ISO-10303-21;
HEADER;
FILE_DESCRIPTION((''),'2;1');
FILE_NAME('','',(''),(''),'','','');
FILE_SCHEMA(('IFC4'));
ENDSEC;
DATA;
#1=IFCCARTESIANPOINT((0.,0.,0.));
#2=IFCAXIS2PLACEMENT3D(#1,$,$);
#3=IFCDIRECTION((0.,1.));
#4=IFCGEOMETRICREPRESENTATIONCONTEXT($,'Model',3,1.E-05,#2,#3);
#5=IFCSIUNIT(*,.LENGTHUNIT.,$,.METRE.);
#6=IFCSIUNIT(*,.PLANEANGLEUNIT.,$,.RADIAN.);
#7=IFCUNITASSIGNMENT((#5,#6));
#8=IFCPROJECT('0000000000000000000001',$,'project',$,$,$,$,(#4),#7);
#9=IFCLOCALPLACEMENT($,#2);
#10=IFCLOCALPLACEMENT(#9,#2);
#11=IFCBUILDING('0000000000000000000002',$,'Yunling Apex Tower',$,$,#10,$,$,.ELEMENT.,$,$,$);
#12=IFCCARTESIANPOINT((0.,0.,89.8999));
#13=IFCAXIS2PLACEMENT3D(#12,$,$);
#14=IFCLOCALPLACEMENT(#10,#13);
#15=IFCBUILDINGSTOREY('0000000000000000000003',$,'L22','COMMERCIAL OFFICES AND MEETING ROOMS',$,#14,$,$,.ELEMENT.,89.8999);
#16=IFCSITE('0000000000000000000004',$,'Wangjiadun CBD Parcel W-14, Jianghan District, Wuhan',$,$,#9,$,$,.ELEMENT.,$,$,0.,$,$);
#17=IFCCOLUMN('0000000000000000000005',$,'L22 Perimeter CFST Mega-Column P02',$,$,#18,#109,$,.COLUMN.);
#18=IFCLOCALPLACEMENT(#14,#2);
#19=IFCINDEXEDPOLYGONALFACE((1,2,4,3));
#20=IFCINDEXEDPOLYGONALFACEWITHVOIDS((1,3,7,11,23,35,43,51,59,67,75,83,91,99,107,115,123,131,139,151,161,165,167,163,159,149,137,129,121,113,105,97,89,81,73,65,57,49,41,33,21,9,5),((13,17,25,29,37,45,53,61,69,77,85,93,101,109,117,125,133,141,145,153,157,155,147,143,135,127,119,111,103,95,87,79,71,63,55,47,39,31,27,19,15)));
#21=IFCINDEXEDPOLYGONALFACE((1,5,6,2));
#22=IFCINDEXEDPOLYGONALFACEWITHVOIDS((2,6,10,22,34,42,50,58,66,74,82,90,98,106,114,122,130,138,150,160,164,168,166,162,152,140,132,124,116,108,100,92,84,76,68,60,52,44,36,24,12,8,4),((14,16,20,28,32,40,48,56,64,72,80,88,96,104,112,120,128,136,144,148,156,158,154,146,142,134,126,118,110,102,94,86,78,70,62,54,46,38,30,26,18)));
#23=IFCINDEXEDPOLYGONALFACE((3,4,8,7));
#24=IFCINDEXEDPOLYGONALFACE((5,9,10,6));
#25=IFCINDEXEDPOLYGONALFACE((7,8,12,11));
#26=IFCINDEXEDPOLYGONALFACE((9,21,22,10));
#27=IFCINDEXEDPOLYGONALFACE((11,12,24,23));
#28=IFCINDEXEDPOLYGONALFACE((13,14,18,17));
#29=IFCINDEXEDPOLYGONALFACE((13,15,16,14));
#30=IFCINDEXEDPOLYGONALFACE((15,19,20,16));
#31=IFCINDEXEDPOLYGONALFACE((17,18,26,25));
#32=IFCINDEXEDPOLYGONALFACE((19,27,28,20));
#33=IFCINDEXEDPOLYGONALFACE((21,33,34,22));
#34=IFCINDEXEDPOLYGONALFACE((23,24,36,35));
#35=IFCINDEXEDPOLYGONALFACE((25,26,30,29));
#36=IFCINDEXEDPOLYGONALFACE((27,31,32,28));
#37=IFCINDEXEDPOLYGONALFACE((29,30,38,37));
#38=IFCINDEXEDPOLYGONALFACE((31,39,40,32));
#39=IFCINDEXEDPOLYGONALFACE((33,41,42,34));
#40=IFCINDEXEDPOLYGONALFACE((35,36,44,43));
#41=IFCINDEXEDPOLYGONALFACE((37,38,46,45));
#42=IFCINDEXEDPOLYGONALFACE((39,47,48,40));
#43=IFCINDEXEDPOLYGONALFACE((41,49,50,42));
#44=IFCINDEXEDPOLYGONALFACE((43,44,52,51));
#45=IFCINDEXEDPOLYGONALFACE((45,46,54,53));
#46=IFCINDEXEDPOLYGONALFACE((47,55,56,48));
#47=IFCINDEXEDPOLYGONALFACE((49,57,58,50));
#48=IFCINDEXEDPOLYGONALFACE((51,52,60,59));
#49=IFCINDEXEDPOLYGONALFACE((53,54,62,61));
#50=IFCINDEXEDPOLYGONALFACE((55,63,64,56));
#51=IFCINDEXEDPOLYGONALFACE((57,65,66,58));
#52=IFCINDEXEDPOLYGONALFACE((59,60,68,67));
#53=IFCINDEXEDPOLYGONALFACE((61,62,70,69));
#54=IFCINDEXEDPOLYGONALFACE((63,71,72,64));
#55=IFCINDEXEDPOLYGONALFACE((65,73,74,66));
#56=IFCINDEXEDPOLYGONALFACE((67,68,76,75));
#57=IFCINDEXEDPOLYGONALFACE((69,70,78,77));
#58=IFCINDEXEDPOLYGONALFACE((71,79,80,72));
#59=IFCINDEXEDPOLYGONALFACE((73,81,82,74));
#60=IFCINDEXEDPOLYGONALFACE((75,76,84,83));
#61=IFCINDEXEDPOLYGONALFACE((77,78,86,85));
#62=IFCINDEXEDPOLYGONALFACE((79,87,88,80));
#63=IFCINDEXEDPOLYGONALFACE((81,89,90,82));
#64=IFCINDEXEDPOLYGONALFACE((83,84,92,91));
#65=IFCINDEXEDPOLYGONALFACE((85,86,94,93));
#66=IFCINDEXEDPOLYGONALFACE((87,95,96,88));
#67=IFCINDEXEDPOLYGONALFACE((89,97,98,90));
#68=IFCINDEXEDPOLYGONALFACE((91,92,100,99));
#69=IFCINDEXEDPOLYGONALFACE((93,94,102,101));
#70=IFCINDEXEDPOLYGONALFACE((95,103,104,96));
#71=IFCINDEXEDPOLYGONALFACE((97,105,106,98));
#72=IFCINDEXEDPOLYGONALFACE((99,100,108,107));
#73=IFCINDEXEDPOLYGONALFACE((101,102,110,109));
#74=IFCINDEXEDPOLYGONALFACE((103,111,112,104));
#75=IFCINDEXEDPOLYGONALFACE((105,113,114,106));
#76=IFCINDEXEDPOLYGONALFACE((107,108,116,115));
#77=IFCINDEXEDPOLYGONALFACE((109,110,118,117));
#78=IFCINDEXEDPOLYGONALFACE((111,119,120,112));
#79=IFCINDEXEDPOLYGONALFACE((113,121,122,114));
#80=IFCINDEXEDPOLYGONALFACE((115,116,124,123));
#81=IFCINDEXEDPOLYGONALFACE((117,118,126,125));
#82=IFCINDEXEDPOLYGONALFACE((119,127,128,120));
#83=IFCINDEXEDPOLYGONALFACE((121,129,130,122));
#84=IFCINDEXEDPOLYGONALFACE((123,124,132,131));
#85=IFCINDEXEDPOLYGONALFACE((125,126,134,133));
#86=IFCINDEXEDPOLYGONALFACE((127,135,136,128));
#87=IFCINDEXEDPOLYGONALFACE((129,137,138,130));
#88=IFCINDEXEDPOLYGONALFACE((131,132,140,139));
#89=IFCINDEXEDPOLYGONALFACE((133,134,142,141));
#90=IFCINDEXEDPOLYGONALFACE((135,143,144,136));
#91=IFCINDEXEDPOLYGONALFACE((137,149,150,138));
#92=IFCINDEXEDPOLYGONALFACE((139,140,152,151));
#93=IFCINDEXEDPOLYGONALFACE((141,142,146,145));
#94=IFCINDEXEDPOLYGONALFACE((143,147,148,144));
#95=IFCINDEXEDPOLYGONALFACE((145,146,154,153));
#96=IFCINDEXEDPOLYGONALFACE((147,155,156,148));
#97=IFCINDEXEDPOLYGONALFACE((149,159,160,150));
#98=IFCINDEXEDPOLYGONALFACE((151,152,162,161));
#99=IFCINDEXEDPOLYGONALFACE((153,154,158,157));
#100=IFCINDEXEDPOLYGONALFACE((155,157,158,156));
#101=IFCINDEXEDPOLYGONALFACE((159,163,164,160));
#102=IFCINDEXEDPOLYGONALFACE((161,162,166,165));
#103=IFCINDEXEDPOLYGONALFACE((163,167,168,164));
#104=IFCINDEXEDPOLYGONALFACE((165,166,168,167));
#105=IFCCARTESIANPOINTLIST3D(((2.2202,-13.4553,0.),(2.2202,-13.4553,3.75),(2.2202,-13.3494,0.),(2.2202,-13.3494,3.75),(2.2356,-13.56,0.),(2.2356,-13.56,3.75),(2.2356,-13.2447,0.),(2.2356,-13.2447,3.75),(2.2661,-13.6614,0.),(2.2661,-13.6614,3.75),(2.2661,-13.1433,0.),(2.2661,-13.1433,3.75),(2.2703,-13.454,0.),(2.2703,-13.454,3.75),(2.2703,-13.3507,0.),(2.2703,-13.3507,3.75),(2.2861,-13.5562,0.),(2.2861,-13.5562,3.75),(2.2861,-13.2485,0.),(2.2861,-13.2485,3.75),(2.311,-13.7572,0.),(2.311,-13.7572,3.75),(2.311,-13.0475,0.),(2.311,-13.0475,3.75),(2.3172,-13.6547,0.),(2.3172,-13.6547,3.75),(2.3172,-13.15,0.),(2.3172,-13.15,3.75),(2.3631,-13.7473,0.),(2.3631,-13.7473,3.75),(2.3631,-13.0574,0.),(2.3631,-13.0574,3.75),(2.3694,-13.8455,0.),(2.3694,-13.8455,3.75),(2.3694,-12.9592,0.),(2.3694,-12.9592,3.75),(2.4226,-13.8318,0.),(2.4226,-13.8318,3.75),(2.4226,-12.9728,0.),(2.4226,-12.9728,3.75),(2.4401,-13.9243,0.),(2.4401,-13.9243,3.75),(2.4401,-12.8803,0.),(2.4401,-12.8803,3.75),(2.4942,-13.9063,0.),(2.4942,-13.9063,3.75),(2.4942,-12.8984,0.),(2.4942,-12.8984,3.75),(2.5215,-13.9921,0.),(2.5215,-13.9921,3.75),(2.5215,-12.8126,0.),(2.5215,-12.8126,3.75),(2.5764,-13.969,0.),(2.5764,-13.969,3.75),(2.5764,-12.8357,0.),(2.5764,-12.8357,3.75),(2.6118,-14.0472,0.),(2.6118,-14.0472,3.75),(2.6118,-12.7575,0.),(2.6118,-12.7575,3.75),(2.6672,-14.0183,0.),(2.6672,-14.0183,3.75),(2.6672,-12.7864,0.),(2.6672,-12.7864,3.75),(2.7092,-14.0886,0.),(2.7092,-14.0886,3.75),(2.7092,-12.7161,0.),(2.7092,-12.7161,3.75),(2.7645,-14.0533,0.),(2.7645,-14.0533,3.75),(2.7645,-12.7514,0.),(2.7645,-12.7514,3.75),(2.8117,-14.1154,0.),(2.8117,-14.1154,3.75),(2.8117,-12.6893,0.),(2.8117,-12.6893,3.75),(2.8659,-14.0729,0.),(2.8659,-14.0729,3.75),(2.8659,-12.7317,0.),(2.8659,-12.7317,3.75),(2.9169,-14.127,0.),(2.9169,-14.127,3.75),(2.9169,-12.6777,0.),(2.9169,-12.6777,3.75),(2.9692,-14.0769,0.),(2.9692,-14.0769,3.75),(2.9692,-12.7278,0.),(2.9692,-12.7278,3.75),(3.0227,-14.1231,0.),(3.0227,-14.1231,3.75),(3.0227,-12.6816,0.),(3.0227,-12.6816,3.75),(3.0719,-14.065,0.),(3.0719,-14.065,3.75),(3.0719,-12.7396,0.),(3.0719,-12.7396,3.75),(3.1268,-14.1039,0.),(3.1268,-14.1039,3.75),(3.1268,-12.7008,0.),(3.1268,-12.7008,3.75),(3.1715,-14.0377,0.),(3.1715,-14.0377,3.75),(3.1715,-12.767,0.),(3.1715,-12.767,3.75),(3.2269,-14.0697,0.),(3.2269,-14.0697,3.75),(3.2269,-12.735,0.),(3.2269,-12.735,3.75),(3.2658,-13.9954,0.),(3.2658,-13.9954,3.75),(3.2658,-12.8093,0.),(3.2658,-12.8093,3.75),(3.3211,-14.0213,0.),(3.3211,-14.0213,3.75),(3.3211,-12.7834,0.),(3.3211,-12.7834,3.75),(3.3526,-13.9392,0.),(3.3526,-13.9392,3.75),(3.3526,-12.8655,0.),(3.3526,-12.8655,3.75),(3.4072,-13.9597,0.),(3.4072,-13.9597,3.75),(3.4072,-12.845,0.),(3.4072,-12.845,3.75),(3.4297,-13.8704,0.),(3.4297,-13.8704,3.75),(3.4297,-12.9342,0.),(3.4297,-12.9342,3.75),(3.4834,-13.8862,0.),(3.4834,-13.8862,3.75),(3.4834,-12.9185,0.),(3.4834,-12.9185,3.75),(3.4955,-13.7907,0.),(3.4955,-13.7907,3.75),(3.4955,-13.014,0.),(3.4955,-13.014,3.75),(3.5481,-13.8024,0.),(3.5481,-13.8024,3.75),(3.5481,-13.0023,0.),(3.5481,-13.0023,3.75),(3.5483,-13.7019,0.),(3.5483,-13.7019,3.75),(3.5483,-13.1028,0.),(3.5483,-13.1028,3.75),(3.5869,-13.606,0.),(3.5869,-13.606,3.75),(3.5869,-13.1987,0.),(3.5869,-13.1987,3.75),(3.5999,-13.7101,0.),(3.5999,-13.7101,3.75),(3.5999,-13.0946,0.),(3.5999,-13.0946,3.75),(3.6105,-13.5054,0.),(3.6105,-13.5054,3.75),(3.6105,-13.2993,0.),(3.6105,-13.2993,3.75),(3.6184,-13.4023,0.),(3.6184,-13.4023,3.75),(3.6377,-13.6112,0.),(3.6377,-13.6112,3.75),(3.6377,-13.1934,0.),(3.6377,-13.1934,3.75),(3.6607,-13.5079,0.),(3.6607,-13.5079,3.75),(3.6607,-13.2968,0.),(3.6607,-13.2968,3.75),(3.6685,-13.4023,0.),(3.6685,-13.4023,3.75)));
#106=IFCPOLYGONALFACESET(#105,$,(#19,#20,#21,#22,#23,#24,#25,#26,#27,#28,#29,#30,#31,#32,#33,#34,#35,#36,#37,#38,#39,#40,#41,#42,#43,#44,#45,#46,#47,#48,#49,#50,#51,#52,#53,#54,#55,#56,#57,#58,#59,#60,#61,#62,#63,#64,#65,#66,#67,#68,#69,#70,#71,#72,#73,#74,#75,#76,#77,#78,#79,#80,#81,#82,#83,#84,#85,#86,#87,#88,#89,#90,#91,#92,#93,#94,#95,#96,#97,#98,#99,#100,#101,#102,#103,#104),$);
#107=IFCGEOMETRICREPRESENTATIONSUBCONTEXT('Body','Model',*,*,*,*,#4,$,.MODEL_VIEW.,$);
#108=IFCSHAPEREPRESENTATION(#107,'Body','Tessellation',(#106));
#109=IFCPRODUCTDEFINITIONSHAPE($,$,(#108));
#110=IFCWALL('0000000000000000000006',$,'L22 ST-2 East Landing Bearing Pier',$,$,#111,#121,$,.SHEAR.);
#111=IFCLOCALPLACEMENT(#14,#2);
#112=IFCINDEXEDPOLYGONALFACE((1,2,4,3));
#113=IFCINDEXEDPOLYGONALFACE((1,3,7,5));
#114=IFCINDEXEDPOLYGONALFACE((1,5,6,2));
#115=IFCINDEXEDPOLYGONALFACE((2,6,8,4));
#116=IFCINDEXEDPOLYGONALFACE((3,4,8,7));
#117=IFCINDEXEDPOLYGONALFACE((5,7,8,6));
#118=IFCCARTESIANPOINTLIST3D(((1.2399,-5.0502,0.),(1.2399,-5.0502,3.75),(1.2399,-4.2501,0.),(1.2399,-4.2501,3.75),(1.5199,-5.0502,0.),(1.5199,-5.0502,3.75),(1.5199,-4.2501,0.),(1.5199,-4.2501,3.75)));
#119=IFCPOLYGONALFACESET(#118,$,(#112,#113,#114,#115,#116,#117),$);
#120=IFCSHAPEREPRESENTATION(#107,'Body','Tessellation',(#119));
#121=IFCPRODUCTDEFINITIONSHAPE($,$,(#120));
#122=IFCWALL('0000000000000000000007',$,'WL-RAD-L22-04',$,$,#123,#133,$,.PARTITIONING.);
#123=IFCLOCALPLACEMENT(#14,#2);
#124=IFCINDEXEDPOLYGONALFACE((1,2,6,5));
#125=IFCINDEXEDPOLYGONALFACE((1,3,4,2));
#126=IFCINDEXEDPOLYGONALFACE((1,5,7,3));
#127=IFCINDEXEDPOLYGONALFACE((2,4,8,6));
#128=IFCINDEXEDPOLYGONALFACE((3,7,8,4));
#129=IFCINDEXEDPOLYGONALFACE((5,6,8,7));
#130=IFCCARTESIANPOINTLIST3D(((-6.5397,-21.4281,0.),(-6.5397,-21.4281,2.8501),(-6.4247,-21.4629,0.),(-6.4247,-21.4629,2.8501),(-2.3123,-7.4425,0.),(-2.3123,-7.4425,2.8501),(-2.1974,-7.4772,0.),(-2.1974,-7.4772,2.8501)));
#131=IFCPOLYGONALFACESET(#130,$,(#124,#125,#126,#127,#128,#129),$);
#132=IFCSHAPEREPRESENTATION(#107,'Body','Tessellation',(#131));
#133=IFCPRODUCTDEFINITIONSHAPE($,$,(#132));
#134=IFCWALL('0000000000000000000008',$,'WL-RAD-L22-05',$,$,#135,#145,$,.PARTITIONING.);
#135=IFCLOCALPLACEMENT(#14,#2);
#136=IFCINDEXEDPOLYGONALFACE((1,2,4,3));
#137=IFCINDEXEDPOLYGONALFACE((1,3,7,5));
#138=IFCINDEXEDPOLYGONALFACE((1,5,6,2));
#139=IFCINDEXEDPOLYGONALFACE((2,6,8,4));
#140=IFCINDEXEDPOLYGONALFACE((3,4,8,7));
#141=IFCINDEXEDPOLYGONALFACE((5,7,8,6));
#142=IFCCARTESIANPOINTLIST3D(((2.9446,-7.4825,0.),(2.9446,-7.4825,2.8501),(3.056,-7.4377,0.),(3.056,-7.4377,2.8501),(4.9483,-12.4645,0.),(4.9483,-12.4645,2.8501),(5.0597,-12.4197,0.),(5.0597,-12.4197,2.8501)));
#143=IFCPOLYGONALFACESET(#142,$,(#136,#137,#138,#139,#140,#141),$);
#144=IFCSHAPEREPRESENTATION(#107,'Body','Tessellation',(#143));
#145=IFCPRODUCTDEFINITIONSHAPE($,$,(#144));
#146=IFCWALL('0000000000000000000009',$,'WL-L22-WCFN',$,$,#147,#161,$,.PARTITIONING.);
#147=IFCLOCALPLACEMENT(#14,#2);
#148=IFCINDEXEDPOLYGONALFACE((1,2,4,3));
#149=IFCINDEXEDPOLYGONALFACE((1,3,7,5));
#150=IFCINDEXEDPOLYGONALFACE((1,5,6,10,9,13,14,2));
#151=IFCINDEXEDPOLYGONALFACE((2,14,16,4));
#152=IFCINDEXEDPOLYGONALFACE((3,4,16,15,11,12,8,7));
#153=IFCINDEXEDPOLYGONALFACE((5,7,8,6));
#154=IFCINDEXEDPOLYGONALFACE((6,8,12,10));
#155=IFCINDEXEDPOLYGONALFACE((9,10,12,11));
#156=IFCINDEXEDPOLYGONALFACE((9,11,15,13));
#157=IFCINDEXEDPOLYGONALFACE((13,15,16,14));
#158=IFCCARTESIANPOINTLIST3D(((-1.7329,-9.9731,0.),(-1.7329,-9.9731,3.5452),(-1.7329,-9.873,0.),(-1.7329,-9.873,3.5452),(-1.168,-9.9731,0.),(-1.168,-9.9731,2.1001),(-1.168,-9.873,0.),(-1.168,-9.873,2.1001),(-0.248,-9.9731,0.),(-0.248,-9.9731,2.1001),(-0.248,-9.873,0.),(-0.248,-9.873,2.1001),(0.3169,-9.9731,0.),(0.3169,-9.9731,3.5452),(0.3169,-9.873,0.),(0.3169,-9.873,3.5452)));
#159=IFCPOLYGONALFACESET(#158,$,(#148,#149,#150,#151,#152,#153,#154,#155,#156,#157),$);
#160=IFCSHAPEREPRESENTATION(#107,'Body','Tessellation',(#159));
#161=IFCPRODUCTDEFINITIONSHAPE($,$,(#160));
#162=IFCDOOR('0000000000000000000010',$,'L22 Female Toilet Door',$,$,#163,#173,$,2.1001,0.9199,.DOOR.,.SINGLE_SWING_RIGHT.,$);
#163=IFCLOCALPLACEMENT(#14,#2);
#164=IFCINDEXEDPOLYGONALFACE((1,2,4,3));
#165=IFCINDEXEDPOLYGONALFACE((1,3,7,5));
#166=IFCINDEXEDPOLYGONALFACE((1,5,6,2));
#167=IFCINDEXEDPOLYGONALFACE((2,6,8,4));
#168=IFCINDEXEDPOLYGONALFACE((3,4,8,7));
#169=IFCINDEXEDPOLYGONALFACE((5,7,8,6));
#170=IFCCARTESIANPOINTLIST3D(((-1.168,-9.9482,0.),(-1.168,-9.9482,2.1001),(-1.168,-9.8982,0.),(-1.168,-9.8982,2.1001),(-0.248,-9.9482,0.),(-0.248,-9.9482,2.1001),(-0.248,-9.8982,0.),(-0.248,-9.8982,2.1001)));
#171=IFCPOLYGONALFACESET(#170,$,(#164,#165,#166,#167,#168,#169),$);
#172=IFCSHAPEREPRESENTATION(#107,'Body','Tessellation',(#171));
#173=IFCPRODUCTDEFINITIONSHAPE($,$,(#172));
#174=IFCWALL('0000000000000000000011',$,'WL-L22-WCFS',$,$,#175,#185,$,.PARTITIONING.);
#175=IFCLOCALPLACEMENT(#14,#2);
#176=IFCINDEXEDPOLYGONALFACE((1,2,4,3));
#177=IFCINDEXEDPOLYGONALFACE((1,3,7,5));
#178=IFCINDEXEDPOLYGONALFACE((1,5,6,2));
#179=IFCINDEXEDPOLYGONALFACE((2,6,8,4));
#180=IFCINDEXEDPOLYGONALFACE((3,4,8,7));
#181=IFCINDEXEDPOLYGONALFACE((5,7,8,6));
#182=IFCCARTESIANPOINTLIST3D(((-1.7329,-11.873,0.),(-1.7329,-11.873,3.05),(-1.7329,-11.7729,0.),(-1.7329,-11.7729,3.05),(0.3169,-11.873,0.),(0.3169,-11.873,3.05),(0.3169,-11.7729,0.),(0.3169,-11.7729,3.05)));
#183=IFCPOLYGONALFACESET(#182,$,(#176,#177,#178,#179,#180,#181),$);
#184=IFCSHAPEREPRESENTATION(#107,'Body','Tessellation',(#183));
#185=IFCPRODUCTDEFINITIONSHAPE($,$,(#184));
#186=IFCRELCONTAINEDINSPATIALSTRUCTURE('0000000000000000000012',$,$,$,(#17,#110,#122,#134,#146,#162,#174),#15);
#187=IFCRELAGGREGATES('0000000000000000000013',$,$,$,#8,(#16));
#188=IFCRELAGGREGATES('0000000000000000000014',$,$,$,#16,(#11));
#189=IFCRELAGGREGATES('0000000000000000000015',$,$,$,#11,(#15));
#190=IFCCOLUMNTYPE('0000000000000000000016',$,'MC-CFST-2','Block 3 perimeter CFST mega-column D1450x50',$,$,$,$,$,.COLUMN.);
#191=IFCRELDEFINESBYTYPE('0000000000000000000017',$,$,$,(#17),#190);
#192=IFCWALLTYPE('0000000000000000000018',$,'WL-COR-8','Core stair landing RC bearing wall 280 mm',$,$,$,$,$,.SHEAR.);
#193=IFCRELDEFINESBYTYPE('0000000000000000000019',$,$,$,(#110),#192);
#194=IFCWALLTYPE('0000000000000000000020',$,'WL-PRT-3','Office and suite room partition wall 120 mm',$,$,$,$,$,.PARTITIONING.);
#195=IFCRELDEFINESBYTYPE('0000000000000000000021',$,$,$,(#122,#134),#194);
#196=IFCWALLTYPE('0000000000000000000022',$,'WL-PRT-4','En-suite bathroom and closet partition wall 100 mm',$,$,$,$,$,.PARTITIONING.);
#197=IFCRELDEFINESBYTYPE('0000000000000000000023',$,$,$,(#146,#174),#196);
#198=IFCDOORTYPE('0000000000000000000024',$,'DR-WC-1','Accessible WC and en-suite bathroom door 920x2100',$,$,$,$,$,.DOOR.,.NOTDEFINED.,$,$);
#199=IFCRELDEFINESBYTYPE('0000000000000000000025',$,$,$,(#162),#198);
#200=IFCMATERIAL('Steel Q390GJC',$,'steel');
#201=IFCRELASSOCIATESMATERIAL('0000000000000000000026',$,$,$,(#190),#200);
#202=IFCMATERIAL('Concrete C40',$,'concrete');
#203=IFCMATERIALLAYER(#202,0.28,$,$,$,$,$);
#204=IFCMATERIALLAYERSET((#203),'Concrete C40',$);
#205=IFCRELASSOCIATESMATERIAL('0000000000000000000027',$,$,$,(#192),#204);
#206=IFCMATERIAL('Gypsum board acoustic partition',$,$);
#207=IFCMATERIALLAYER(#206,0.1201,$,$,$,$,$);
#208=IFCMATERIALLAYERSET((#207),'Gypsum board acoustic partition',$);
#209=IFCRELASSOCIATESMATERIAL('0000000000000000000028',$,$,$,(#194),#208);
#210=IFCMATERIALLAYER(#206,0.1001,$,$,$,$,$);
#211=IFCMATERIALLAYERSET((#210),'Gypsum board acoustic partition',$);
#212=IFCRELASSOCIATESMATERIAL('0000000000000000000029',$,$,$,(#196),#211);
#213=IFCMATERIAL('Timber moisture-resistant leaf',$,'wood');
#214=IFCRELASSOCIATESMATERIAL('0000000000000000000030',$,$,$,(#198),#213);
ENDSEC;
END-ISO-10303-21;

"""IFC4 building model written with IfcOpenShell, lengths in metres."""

from ifc_helpers import new_model, si_unit, direction, frame, frame_2d, origin, origin_2d, place, context, subcontext, project, spatial, rectangle, hollow_circle, extrude, source, transform, mapped, material, layer, layer_set, material_profile, profile_set, type_object, element, fill, save


model = new_model("IFC4")

# Units and contexts
model_context = context("Model", 3, precision=1e-05, world=origin(), true_north=direction((0.0, 1.0)))
body_context = subcontext(model_context, "Body", "Model", "MODEL_VIEW")
ifc_project = project(units=[si_unit("LENGTHUNIT", "METRE"), si_unit("PLANEANGLEUNIT", "RADIAN")], contexts=[model_context])

# Site, building, storey
site_placement = place(None, origin())
site = spatial("IfcSite", under=ifc_project, at=site_placement, Name="Wangjiadun CBD Parcel W-14, Jianghan District, Wuhan", CompositionType="ELEMENT", RefElevation=0.0)
building_placement = place(site_placement, origin())
building = spatial("IfcBuilding", under=site, at=building_placement, Name="Yunling Apex Tower", CompositionType="ELEMENT")
storey_placement = place(building_placement, frame((0.0, 0.0, 89.8999)))
storey = spatial("IfcBuildingStorey", under=building, at=storey_placement, Name="L22", Description="COMMERCIAL OFFICES AND MEETING ROOMS", CompositionType="ELEMENT", Elevation=89.8999)

# Column
ifc_material_1 = material(Name="Steel Q390GJC", Category="steel")
ifc_material_profile = material_profile(ifc_material_1, hollow_circle(Radius=0.7251, WallThickness=0.05, at=origin_2d()))
ifc_profile_set = profile_set([ifc_material_profile], Name="Steel Q390GJC")
column_type = type_object("IfcColumnType", Name="MC-CFST-2", Description="Block 3 perimeter CFST mega-column D1450x50", PredefinedType="COLUMN", material=ifc_profile_set)
shared_shape = source(origin(), body_context, "Body", "SweptSolid", [
    extrude(hollow_circle(Radius=0.7251, WallThickness=0.05, at=origin_2d()), origin(), (0.0, 0.0, 1.0), 3.75),
])
column_placement = place(storey_placement, frame((2.9434, -13.4023, 0.0), z_axis=(0.0, 0.0, 1.0), x_axis=(1.0, 0.0, 0.0)))
element("IfcColumn", 1, at=column_placement, inside=storey, type_object=column_type, Name="L22 Perimeter CFST Mega-Column P02", PredefinedType="COLUMN", context=body_context, shape_type="MappedRepresentation", body=[
    mapped(shared_shape, transform((0.0, 0.0, 0.0), scale=1.0)),
])

# Walls
ifc_material_2 = material(Name="Concrete C40", Category="concrete")
ifc_layer_1 = layer(ifc_material_2, 0.28)
ifc_layer_set_1 = layer_set([ifc_layer_1], Name="Concrete C40")
wall_type_1 = type_object("IfcWallType", Name="WL-COR-8", Description="Core stair landing RC bearing wall 280 mm", PredefinedType="SHEAR", material=ifc_layer_set_1)
wall_1_placement = place(storey_placement, frame((1.3799, -5.05, 0.0), z_axis=(0.0, 0.0, 1.0), x_axis=(0.0, 1.0, 0.0)))
element("IfcWall", 2, at=wall_1_placement, inside=storey, type_object=wall_type_1, Name="L22 ST-2 East Landing Bearing Pier", PredefinedType="SHEAR", context=body_context, shape_type="SweptSolid", body=[
    extrude(rectangle(XDim=0.8, YDim=0.28, at=frame_2d((0.3999, 0.0))), origin(), (0.0, 0.0, 1.0), 3.75),
])
ifc_material_3 = material(Name="Gypsum board acoustic partition")
ifc_layer_2 = layer(ifc_material_3, 0.1201)
ifc_layer_set_2 = layer_set([ifc_layer_2], Name="Gypsum board acoustic partition")
wall_type_2 = type_object("IfcWallType", Name="WL-PRT-3", Description="Office and suite room partition wall 120 mm", PredefinedType="PARTITIONING", material=ifc_layer_set_2)
wall_2_placement = place(storey_placement, frame((-2.2549, -7.46, 0.0), z_axis=(0.0, 0.0, 1.0), x_axis=(-0.289333, -0.957229, 0.0)))
element("IfcWall", 3, at=wall_2_placement, inside=storey, type_object=wall_type_2, Name="WL-RAD-L22-04", PredefinedType="PARTITIONING", context=body_context, shape_type="SweptSolid", body=[
    extrude(rectangle(XDim=14.6106, YDim=0.1201, at=frame_2d((7.3052, 0.0))), origin(), (0.0, 0.0, 1.0), 2.8501),
])
wall_3_placement = place(storey_placement, frame((3.0002, -7.46, 0.0), z_axis=(0.0, 0.0, 1.0), x_axis=(0.373138, -0.927776, 0.0)))
element("IfcWall", 4, at=wall_3_placement, inside=storey, type_object=wall_type_2, Name="WL-RAD-L22-05", PredefinedType="PARTITIONING", context=body_context, shape_type="SweptSolid", body=[
    extrude(rectangle(XDim=5.3699, YDim=0.1201, at=frame_2d((2.6851, 0.0))), origin(), (0.0, 0.0, 1.0), 2.8501),
])

# Wall, opening, door
ifc_layer_3 = layer(ifc_material_3, 0.1001)
ifc_layer_set_3 = layer_set([ifc_layer_3], Name="Gypsum board acoustic partition")
wall_type_3 = type_object("IfcWallType", Name="WL-PRT-4", Description="En-suite bathroom and closet partition wall 100 mm", PredefinedType="PARTITIONING", material=ifc_layer_set_3)
wall_4_placement = place(storey_placement, frame((-1.7329, -9.9231, 0.0), z_axis=(0.0, 0.0, 1.0), x_axis=(1.0, 0.0, 0.0)))
wall_4 = element("IfcWall", 5, at=wall_4_placement, inside=storey, type_object=wall_type_3, Name="WL-L22-WCFN", PredefinedType="PARTITIONING", context=body_context, shape_type="SweptSolid", body=[
    extrude(rectangle(XDim=2.0498, YDim=0.1001, at=frame_2d((1.0249, 0.0))), origin(), (0.0, 0.0, 1.0), 3.5452),
])
opening_1_placement = place(wall_4_placement, frame((0.5649, 0.0, 0.0)))
opening_1 = element("IfcOpeningElement", 6, at=opening_1_placement, cuts=wall_4, PredefinedType="OPENING", context=body_context, shape_type="SweptSolid", body=[
    extrude(rectangle(XDim=0.9199, YDim=2.1001, at=frame_2d((0.46, 1.05))), frame((0.0, 0.0601, 0.0), z_axis=(0.0, -1.0, 0.0), x_axis=(1.0, 0.0, 0.0)), (0.0, 0.0, 1.0), 0.1201),
])
ifc_material_4 = material(Name="Timber moisture-resistant leaf", Category="wood")
door_type_1 = type_object("IfcDoorType", Name="DR-WC-1", Description="Accessible WC and en-suite bathroom door 920x2100", OperationType="NOTDEFINED", PredefinedType="DOOR", material=ifc_material_4)
door_1_placement = place(opening_1_placement, origin())
door_1 = element("IfcDoor", 7, at=door_1_placement, inside=storey, type_object=door_type_1, Name="L22 Female Toilet Door", OperationType="SINGLE_SWING_RIGHT", OverallHeight=2.1001, OverallWidth=0.9199, PredefinedType="DOOR", context=body_context, shape_type="SweptSolid", body=[
    extrude(rectangle(XDim=0.9199, YDim=2.1001, at=frame_2d((0.46, 1.05))), frame((0.0, 0.0249, 0.0), z_axis=(0.0, -1.0, 0.0), x_axis=(1.0, 0.0, 0.0)), (0.0, 0.0, 1.0), 0.05),
])
fill(opening_1, door_1)

# Wall
wall_5_placement = place(storey_placement, frame((0.3169, -11.823, 0.0), z_axis=(0.0, 0.0, 1.0), x_axis=(-1.0, 0.0, 0.0)))
element("IfcWall", 8, at=wall_5_placement, inside=storey, type_object=wall_type_3, Name="WL-L22-WCFS", PredefinedType="PARTITIONING", context=body_context, shape_type="SweptSolid", body=[
    extrude(rectangle(XDim=2.0498, YDim=0.1001, at=frame_2d((1.0249, 0.0))), origin(), (0.0, 0.0, 1.0), 3.05),
])

save(model, "model.ifc")
